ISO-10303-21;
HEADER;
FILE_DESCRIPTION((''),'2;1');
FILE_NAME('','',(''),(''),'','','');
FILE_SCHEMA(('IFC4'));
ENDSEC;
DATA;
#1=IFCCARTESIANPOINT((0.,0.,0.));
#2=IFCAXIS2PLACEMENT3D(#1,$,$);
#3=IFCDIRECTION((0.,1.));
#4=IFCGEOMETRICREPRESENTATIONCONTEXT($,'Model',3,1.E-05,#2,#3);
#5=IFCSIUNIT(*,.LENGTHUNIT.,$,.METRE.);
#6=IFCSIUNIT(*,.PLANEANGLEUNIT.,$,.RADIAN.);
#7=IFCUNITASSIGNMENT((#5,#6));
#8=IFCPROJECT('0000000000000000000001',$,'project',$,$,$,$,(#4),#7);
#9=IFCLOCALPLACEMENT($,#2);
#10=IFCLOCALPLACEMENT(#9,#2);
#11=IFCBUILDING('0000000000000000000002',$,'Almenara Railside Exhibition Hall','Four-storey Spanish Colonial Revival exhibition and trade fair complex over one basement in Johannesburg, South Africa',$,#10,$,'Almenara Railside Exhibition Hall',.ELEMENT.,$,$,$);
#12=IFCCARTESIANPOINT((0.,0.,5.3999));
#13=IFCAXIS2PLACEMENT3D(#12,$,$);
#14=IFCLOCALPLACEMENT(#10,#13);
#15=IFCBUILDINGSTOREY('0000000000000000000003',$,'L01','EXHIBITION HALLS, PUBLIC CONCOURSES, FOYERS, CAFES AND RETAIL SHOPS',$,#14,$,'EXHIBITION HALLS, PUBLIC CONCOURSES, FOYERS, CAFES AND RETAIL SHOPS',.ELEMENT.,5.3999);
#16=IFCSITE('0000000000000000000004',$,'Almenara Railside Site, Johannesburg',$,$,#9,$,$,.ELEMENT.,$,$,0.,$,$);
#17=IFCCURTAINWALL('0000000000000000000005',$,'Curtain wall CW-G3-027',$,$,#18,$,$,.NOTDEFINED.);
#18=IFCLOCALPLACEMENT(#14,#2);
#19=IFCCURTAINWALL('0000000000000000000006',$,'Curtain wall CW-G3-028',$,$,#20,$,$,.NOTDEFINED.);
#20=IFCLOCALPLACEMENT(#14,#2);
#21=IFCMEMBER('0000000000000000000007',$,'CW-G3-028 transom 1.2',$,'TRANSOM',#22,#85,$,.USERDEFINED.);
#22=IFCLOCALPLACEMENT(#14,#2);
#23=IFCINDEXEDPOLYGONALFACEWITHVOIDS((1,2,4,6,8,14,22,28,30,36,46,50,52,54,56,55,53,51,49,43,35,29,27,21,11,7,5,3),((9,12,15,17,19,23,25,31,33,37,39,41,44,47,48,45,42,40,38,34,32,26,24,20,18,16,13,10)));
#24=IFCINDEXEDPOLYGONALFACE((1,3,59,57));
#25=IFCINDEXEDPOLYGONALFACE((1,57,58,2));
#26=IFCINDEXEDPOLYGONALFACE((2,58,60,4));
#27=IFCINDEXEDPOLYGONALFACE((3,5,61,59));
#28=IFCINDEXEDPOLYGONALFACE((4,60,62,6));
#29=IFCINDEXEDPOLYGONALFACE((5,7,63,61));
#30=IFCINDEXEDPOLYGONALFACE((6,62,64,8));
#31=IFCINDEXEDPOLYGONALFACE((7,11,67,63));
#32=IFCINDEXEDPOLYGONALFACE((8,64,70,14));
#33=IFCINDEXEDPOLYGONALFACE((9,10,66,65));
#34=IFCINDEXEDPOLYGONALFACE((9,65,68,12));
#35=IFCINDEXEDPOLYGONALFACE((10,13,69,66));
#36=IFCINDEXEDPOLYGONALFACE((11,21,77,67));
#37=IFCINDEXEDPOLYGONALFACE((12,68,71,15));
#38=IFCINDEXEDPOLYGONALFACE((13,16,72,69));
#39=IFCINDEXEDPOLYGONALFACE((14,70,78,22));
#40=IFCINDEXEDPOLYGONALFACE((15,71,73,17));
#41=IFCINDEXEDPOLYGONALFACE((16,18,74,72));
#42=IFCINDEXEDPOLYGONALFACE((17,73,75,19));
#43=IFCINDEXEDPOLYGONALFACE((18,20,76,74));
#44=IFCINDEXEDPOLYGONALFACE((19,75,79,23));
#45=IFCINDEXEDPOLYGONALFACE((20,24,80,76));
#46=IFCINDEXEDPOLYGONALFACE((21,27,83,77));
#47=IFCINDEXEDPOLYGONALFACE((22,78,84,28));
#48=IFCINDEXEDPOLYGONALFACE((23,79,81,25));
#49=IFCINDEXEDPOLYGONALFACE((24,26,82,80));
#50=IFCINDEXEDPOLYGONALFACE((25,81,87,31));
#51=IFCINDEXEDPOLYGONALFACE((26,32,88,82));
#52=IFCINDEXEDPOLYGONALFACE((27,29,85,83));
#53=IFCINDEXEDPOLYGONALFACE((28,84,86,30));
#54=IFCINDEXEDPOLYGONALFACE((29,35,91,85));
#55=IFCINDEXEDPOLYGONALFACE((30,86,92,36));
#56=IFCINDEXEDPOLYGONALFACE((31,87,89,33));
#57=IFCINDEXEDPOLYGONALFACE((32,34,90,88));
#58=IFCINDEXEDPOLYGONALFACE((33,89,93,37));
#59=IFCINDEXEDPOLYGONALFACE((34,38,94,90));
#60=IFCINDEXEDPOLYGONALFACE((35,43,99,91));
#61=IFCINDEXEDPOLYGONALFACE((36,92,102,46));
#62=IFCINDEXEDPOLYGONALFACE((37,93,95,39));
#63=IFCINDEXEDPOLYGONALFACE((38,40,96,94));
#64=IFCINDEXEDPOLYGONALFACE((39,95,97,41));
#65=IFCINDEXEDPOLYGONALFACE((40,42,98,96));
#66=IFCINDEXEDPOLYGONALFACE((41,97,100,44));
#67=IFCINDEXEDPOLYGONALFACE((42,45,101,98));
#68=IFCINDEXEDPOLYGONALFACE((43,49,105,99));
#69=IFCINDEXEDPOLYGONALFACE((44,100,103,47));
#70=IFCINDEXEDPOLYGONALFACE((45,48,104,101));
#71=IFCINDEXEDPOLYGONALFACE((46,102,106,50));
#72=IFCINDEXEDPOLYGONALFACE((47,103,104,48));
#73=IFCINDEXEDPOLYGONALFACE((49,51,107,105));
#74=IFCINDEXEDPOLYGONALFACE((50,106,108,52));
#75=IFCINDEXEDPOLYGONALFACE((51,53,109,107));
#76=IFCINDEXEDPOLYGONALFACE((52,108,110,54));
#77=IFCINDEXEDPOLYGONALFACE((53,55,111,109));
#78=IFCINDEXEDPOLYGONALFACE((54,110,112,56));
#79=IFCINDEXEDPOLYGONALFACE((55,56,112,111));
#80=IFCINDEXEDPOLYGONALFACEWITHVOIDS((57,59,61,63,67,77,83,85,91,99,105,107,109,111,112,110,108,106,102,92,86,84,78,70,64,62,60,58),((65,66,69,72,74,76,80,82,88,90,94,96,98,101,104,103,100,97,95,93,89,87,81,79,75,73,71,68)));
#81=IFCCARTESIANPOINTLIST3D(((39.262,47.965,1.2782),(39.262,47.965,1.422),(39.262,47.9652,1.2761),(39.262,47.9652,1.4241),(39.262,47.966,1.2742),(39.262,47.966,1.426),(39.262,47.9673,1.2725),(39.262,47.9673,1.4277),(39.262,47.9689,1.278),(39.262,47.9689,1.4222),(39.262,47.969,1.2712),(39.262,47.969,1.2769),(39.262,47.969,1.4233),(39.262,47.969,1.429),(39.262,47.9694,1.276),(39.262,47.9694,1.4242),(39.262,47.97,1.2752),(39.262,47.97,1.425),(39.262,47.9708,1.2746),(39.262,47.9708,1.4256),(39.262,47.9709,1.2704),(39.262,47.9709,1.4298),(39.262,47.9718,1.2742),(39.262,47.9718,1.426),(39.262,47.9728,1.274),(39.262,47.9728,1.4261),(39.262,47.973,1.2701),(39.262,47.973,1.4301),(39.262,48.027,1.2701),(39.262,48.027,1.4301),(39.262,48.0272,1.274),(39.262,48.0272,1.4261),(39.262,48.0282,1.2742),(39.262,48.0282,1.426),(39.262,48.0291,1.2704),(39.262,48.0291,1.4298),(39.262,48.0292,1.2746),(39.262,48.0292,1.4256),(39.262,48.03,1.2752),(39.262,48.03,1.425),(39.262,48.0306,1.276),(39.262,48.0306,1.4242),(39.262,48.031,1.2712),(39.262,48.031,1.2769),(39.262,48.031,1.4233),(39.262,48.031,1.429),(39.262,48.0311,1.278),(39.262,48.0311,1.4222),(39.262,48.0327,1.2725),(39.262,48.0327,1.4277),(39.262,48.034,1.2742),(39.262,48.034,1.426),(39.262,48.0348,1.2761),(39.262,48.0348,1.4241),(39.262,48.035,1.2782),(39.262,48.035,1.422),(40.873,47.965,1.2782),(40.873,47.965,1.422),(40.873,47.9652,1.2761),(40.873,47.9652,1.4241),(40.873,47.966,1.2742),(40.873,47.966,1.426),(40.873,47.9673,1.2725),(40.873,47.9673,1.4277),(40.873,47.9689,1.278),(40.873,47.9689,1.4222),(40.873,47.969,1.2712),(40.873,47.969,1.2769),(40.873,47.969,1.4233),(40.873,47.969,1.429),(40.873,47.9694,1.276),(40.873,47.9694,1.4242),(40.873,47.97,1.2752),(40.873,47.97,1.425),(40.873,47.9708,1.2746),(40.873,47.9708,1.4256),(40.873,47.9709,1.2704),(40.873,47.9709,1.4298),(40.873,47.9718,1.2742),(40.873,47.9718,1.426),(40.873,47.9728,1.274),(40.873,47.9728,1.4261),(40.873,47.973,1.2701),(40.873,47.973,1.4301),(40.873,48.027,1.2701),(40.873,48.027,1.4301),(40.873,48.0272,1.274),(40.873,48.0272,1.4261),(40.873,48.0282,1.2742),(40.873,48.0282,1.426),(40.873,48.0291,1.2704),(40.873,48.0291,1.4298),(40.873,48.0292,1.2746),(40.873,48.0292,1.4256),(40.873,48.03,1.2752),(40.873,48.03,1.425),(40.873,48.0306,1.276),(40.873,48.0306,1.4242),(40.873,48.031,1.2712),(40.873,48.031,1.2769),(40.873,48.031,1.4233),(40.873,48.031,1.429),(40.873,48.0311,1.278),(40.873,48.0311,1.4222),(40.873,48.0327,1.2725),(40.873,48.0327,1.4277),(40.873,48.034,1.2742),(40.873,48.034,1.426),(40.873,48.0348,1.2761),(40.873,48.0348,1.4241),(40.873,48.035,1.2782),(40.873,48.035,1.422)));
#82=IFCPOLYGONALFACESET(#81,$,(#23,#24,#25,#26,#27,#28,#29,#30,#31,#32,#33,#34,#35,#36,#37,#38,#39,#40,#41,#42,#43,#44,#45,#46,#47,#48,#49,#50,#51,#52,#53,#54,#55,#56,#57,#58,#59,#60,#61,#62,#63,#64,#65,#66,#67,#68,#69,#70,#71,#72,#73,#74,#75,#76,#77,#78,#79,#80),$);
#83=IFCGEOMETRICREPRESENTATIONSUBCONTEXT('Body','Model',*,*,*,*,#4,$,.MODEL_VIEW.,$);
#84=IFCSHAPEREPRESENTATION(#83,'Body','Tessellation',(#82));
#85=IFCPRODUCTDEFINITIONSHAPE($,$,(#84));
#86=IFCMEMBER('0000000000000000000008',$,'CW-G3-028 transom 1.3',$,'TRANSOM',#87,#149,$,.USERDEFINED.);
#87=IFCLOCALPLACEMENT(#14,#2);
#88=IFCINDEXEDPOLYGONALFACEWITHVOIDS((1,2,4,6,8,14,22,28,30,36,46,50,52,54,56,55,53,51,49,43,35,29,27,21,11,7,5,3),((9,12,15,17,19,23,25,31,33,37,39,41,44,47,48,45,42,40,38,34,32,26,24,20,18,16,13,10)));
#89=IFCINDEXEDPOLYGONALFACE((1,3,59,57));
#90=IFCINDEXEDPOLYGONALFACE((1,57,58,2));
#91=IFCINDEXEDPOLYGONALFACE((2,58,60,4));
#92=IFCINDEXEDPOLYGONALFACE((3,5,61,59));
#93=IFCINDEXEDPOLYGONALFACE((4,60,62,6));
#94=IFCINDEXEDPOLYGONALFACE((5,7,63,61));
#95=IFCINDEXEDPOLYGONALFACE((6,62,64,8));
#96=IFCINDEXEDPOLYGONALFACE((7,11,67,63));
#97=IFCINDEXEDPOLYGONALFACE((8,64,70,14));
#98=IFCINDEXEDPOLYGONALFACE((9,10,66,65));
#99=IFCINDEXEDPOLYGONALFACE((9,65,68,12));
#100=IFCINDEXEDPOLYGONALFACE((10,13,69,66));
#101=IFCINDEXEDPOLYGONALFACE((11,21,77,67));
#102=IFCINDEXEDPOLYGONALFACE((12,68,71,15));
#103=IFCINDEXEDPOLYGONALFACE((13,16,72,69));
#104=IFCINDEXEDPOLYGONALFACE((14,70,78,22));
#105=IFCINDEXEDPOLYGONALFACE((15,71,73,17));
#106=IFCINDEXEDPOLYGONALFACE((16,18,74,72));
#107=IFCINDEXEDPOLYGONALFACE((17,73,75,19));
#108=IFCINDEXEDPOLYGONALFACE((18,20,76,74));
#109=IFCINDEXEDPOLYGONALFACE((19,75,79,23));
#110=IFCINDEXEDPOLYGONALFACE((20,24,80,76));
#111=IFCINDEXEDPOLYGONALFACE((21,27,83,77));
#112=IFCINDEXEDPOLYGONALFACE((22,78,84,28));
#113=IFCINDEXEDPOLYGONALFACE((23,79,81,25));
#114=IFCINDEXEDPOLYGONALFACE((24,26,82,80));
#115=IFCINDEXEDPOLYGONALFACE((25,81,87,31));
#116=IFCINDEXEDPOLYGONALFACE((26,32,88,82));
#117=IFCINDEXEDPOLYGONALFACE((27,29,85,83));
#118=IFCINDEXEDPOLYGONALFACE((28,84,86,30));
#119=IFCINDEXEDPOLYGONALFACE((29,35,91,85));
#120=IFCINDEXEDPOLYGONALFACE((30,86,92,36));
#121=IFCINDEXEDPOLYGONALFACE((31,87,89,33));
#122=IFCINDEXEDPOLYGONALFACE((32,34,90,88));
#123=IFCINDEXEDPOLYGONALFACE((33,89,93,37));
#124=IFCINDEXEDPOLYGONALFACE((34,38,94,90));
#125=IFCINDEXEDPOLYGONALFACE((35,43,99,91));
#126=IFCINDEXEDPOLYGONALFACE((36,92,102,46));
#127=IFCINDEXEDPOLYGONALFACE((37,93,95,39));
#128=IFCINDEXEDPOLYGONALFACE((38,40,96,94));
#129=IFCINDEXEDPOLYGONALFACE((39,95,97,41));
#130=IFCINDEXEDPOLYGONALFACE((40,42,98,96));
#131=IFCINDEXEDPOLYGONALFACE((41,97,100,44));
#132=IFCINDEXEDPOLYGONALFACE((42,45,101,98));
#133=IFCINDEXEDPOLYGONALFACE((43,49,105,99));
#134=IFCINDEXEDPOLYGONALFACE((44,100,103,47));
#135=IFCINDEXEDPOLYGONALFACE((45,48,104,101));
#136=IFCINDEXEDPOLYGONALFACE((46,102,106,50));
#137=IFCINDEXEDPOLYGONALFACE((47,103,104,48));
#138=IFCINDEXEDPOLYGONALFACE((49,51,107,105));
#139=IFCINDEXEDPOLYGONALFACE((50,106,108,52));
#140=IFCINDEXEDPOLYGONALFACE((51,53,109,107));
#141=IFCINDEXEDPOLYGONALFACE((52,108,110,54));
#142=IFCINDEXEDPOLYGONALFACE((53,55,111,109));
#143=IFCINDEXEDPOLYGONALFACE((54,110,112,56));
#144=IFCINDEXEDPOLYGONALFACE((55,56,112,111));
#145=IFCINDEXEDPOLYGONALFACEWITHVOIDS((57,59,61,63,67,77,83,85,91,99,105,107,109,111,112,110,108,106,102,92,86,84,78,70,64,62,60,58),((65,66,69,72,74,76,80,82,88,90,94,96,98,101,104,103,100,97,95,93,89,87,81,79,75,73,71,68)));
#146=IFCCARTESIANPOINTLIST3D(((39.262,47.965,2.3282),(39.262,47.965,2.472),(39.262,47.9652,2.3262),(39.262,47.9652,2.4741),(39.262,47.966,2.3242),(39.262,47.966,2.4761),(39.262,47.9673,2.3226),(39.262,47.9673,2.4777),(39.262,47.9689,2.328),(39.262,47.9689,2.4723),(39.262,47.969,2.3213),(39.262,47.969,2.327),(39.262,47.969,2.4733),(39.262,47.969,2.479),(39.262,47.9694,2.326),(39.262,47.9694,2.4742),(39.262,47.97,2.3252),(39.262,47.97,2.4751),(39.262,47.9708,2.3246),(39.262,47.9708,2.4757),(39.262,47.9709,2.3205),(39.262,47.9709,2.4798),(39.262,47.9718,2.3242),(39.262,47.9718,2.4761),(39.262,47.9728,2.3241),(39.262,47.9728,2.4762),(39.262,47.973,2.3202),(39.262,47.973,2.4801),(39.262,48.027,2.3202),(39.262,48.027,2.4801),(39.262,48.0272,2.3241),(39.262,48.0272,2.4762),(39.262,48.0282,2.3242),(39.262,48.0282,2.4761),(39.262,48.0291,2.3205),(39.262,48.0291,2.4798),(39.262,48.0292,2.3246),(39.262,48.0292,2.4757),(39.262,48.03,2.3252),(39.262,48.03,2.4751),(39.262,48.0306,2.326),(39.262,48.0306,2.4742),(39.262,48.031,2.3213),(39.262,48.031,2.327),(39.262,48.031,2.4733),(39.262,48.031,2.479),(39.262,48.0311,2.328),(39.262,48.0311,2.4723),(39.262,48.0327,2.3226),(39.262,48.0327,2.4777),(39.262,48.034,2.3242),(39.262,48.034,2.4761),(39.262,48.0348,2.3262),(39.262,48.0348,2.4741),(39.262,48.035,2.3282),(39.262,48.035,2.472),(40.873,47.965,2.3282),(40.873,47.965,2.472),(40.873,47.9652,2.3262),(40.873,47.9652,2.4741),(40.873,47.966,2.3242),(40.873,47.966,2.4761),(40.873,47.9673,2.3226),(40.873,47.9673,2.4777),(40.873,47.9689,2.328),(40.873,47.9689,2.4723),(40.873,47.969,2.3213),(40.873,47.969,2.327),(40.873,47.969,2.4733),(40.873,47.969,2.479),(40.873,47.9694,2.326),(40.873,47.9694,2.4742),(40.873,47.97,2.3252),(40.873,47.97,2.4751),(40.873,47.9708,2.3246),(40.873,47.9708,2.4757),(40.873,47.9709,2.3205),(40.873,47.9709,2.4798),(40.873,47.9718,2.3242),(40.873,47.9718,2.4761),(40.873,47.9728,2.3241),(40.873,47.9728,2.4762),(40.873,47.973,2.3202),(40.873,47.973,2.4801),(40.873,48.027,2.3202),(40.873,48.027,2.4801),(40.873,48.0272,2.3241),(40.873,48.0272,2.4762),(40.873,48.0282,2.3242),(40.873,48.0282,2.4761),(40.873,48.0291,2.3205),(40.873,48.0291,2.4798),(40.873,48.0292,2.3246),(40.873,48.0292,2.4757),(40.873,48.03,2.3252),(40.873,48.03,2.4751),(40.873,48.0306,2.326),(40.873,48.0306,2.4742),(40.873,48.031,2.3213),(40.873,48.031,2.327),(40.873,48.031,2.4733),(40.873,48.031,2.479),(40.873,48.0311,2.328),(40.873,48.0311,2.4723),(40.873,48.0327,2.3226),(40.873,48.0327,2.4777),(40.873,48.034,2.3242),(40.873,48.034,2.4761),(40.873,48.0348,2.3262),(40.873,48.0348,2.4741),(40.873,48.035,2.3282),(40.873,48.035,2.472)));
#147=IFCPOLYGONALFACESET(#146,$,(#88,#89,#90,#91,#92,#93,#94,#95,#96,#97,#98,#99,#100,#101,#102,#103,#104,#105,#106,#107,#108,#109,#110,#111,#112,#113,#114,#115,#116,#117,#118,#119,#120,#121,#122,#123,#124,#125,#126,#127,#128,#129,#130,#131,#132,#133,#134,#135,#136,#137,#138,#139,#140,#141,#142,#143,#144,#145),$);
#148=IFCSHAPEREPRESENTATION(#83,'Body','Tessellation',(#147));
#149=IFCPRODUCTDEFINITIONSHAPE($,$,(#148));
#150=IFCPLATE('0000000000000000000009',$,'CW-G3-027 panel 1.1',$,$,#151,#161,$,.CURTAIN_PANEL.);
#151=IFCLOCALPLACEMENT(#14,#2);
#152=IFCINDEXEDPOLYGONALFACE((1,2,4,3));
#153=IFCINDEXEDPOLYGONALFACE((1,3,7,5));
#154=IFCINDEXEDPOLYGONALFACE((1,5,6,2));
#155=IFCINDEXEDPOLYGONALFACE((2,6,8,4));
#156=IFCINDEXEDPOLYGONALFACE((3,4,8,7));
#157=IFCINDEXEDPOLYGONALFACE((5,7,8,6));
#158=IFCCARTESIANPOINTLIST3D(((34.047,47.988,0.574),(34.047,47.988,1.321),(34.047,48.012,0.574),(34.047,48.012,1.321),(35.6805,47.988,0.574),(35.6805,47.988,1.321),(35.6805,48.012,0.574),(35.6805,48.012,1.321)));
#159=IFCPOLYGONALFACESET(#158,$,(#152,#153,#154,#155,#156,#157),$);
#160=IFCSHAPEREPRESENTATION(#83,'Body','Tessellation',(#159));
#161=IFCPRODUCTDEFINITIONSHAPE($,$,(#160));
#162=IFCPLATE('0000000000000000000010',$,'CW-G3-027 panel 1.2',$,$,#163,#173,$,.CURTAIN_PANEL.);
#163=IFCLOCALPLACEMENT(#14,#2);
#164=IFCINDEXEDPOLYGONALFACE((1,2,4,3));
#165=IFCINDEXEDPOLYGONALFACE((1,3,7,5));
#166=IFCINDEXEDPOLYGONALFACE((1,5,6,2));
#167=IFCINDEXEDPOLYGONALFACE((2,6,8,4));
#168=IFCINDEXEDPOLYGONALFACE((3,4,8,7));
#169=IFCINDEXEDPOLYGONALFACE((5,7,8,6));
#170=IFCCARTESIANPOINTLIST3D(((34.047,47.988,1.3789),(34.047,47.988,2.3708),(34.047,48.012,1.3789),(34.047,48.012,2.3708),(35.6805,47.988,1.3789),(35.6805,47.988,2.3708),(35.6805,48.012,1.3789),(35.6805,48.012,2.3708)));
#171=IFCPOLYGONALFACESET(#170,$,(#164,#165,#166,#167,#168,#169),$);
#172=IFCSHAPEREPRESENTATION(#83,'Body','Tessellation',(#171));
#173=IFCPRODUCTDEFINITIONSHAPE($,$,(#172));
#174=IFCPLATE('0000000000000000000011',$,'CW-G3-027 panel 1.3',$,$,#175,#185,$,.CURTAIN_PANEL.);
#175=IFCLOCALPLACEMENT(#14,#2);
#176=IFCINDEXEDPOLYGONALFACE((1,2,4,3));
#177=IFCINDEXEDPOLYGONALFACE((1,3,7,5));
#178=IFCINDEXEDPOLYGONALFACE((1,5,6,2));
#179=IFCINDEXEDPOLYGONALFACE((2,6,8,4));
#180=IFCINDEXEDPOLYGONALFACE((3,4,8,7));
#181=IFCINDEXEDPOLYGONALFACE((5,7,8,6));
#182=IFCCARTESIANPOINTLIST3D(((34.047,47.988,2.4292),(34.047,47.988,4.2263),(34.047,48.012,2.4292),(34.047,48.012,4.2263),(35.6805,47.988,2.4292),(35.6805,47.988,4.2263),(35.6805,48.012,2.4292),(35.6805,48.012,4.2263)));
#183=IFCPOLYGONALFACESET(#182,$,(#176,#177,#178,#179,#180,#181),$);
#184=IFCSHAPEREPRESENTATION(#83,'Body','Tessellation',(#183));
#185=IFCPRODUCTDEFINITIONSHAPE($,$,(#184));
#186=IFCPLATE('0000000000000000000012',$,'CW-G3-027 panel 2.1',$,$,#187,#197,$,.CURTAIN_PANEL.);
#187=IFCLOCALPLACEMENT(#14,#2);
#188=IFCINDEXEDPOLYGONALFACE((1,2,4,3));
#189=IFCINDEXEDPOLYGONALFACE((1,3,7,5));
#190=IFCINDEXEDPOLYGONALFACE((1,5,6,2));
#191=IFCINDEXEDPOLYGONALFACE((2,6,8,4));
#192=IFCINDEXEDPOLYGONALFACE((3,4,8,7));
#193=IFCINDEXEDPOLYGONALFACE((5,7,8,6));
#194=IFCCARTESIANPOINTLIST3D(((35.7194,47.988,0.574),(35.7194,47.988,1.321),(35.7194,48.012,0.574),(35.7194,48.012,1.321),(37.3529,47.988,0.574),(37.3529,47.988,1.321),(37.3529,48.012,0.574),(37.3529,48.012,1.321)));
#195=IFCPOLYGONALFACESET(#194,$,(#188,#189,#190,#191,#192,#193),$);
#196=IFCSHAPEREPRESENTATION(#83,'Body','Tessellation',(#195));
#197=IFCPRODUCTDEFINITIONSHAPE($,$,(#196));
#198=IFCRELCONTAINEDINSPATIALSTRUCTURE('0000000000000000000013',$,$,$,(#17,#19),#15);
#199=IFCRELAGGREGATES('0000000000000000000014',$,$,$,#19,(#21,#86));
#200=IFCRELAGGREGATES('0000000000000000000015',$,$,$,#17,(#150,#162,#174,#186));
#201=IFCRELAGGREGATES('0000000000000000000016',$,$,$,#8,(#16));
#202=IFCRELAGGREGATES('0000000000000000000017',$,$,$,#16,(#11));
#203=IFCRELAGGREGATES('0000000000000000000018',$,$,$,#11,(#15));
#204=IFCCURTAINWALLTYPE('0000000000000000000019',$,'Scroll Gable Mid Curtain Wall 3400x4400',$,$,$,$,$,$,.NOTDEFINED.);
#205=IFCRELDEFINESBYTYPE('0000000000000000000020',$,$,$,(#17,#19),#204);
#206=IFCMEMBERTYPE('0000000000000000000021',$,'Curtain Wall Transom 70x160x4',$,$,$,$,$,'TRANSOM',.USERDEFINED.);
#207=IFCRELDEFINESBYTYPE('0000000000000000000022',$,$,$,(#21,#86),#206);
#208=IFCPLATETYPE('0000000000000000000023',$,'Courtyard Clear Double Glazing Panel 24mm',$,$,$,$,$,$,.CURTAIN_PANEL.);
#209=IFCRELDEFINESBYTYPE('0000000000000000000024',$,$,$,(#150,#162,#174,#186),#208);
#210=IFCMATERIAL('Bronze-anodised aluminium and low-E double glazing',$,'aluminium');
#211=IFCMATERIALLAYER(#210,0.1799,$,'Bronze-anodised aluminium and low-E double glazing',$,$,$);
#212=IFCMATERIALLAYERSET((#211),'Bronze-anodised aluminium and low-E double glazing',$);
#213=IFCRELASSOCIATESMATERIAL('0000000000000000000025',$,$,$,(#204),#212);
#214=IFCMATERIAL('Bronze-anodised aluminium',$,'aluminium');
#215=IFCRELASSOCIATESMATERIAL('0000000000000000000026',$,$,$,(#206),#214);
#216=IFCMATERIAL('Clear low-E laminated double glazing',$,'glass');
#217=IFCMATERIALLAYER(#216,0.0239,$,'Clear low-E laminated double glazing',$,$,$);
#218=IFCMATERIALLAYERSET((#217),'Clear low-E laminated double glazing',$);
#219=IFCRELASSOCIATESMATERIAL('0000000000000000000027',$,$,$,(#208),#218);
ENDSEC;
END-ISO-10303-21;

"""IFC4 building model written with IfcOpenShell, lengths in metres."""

from ifc_helpers import new_model, si_unit, direction, frame, origin, origin_2d, place, context, subcontext, project, spatial, rectangle, hollow_rectangle, extrude, material, layer, layer_set, material_profile, profile_set, type_object, element, aggregate, save


model = new_model("IFC4")

# Units and contexts
model_context = context("Model", 3, precision=1e-05, world=origin(), true_north=direction((0.0, 1.0)))
body_context = subcontext(model_context, "Body", "Model", "MODEL_VIEW")
ifc_project = project(units=[si_unit("LENGTHUNIT", "METRE"), si_unit("PLANEANGLEUNIT", "RADIAN")], contexts=[model_context])

# Site, building, storey
site_placement = place(None, origin())
site = spatial("IfcSite", under=ifc_project, at=site_placement, Name="Almenara Railside Site, Johannesburg", CompositionType="ELEMENT", RefElevation=0.0)
building_placement = place(site_placement, origin())
building = spatial("IfcBuilding", under=site, at=building_placement, Name="Almenara Railside Exhibition Hall", Description="Four-storey Spanish Colonial Revival exhibition and trade fair complex over one basement in Johannesburg, South Africa", LongName="Almenara Railside Exhibition Hall", CompositionType="ELEMENT")
storey_placement = place(building_placement, frame((0.0, 0.0, 5.3999)))
storey = spatial("IfcBuildingStorey", under=building, at=storey_placement, Name="L01", Description="EXHIBITION HALLS, PUBLIC CONCOURSES, FOYERS, CAFES AND RETAIL SHOPS", LongName="EXHIBITION HALLS, PUBLIC CONCOURSES, FOYERS, CAFES AND RETAIL SHOPS", CompositionType="ELEMENT", Elevation=5.3999)

# Curtain wall
ifc_material_1 = material(Name="Bronze-anodised aluminium and low-E double glazing", Category="aluminium")
ifc_layer_1 = layer(ifc_material_1, 0.1799, Name="Bronze-anodised aluminium and low-E double glazing")
ifc_layer_set_1 = layer_set([ifc_layer_1], Name="Bronze-anodised aluminium and low-E double glazing")
curtain_wall_type_1 = type_object("IfcCurtainWallType", Name="Scroll Gable Mid Curtain Wall 3400x4400", PredefinedType="NOTDEFINED", material=ifc_layer_set_1)
curtain_wall_1_placement = place(storey_placement, origin())
curtain_wall_1 = element("IfcCurtainWall", 1, at=curtain_wall_1_placement, inside=storey, type_object=curtain_wall_type_1, Name="Curtain wall CW-G3-027", PredefinedType="NOTDEFINED")
ifc_material_2 = material(Name="Bronze-anodised aluminium", Category="aluminium")

# Curtain wall
curtain_wall_2_placement = place(storey_placement, origin())
curtain_wall_2 = element("IfcCurtainWall", 2, at=curtain_wall_2_placement, inside=storey, type_object=curtain_wall_type_1, Name="Curtain wall CW-G3-028", PredefinedType="NOTDEFINED")

# Members
ifc_material_profile_1 = material_profile(ifc_material_2, hollow_rectangle(XDim=0.0701, YDim=0.1599, WallThickness=0.0039, InnerFilletRadius=0.0039, OuterFilletRadius=0.0081, at=origin_2d()), Name="ALU-TRN 70x160x4")
ifc_profile_set_1 = profile_set([ifc_material_profile_1], Name="Bronze-anodised aluminium")
member_type_1 = type_object("IfcMemberType", Name="Curtain Wall Transom 70x160x4", ElementType="TRANSOM", PredefinedType="USERDEFINED", material=ifc_profile_set_1)
member_1_placement = place(storey_placement, frame((39.262, 48.0, 1.3501), z_axis=(1.0, 0.0, 0.0), x_axis=(0.0, 1.0, 0.0)))
member_1 = element("IfcMember", 3, at=member_1_placement, type_object=member_type_1, Name="CW-G3-028 transom 1.2", ObjectType="TRANSOM", PredefinedType="USERDEFINED", context=body_context, shape_type="SweptSolid", body=[
    extrude(hollow_rectangle(XDim=0.0701, YDim=0.1599, WallThickness=0.0039, InnerFilletRadius=0.0039, OuterFilletRadius=0.0081, at=origin_2d()), origin(), (0.0, 0.0, 1.0), 1.6111),
])
member_2_placement = place(storey_placement, frame((39.262, 48.0, 2.4001), z_axis=(1.0, 0.0, 0.0), x_axis=(0.0, 1.0, 0.0)))
member_2 = element("IfcMember", 4, at=member_2_placement, type_object=member_type_1, Name="CW-G3-028 transom 1.3", ObjectType="TRANSOM", PredefinedType="USERDEFINED", context=body_context, shape_type="SweptSolid", body=[
    extrude(hollow_rectangle(XDim=0.0701, YDim=0.1599, WallThickness=0.0039, InnerFilletRadius=0.0039, OuterFilletRadius=0.0081, at=origin_2d()), origin(), (0.0, 0.0, 1.0), 1.6111),
])
aggregate(curtain_wall_2, [member_1, member_2])

# Plates
ifc_material_3 = material(Name="Clear low-E laminated double glazing", Category="glass")
ifc_layer_2 = layer(ifc_material_3, 0.0239, Name="Clear low-E laminated double glazing")
ifc_layer_set_2 = layer_set([ifc_layer_2], Name="Clear low-E laminated double glazing")
plate_type = type_object("IfcPlateType", Name="Courtyard Clear Double Glazing Panel 24mm", PredefinedType="CURTAIN_PANEL", material=ifc_layer_set_2)
plate_1_placement = place(storey_placement, frame((34.8638, 48.0, 0.574), z_axis=(0.0, 0.0, 1.0), x_axis=(1.0, 0.0, 0.0)))
plate_1 = element("IfcPlate", 5, at=plate_1_placement, type_object=plate_type, Name="CW-G3-027 panel 1.1", PredefinedType="CURTAIN_PANEL", context=body_context, shape_type="SweptSolid", body=[
    extrude(rectangle(XDim=1.6335, YDim=0.0239, at=origin_2d()), origin(), (0.0, 0.0, 1.0), 0.7471),
])
plate_2_placement = place(storey_placement, frame((34.8638, 48.0, 1.3789), z_axis=(0.0, 0.0, 1.0), x_axis=(1.0, 0.0, 0.0)))
plate_2 = element("IfcPlate", 6, at=plate_2_placement, type_object=plate_type, Name="CW-G3-027 panel 1.2", PredefinedType="CURTAIN_PANEL", context=body_context, shape_type="SweptSolid", body=[
    extrude(rectangle(XDim=1.6335, YDim=0.0239, at=origin_2d()), origin(), (0.0, 0.0, 1.0), 0.9919),
])
plate_3_placement = place(storey_placement, frame((34.8638, 48.0, 2.4292), z_axis=(0.0, 0.0, 1.0), x_axis=(1.0, 0.0, 0.0)))
plate_3 = element("IfcPlate", 7, at=plate_3_placement, type_object=plate_type, Name="CW-G3-027 panel 1.3", PredefinedType="CURTAIN_PANEL", context=body_context, shape_type="SweptSolid", body=[
    extrude(rectangle(XDim=1.6335, YDim=0.0239, at=origin_2d()), origin(), (0.0, 0.0, 1.0), 1.7971),
])
plate_4_placement = place(storey_placement, frame((36.5361, 48.0, 0.574), z_axis=(0.0, 0.0, 1.0), x_axis=(1.0, 0.0, 0.0)))
plate_4 = element("IfcPlate", 8, at=plate_4_placement, type_object=plate_type, Name="CW-G3-027 panel 2.1", PredefinedType="CURTAIN_PANEL", context=body_context, shape_type="SweptSolid", body=[
    extrude(rectangle(XDim=1.6335, YDim=0.0239, at=origin_2d()), origin(), (0.0, 0.0, 1.0), 0.7471),
])
aggregate(curtain_wall_1, [plate_1, plate_2, plate_3, plate_4])

save(model, "model.ifc")
